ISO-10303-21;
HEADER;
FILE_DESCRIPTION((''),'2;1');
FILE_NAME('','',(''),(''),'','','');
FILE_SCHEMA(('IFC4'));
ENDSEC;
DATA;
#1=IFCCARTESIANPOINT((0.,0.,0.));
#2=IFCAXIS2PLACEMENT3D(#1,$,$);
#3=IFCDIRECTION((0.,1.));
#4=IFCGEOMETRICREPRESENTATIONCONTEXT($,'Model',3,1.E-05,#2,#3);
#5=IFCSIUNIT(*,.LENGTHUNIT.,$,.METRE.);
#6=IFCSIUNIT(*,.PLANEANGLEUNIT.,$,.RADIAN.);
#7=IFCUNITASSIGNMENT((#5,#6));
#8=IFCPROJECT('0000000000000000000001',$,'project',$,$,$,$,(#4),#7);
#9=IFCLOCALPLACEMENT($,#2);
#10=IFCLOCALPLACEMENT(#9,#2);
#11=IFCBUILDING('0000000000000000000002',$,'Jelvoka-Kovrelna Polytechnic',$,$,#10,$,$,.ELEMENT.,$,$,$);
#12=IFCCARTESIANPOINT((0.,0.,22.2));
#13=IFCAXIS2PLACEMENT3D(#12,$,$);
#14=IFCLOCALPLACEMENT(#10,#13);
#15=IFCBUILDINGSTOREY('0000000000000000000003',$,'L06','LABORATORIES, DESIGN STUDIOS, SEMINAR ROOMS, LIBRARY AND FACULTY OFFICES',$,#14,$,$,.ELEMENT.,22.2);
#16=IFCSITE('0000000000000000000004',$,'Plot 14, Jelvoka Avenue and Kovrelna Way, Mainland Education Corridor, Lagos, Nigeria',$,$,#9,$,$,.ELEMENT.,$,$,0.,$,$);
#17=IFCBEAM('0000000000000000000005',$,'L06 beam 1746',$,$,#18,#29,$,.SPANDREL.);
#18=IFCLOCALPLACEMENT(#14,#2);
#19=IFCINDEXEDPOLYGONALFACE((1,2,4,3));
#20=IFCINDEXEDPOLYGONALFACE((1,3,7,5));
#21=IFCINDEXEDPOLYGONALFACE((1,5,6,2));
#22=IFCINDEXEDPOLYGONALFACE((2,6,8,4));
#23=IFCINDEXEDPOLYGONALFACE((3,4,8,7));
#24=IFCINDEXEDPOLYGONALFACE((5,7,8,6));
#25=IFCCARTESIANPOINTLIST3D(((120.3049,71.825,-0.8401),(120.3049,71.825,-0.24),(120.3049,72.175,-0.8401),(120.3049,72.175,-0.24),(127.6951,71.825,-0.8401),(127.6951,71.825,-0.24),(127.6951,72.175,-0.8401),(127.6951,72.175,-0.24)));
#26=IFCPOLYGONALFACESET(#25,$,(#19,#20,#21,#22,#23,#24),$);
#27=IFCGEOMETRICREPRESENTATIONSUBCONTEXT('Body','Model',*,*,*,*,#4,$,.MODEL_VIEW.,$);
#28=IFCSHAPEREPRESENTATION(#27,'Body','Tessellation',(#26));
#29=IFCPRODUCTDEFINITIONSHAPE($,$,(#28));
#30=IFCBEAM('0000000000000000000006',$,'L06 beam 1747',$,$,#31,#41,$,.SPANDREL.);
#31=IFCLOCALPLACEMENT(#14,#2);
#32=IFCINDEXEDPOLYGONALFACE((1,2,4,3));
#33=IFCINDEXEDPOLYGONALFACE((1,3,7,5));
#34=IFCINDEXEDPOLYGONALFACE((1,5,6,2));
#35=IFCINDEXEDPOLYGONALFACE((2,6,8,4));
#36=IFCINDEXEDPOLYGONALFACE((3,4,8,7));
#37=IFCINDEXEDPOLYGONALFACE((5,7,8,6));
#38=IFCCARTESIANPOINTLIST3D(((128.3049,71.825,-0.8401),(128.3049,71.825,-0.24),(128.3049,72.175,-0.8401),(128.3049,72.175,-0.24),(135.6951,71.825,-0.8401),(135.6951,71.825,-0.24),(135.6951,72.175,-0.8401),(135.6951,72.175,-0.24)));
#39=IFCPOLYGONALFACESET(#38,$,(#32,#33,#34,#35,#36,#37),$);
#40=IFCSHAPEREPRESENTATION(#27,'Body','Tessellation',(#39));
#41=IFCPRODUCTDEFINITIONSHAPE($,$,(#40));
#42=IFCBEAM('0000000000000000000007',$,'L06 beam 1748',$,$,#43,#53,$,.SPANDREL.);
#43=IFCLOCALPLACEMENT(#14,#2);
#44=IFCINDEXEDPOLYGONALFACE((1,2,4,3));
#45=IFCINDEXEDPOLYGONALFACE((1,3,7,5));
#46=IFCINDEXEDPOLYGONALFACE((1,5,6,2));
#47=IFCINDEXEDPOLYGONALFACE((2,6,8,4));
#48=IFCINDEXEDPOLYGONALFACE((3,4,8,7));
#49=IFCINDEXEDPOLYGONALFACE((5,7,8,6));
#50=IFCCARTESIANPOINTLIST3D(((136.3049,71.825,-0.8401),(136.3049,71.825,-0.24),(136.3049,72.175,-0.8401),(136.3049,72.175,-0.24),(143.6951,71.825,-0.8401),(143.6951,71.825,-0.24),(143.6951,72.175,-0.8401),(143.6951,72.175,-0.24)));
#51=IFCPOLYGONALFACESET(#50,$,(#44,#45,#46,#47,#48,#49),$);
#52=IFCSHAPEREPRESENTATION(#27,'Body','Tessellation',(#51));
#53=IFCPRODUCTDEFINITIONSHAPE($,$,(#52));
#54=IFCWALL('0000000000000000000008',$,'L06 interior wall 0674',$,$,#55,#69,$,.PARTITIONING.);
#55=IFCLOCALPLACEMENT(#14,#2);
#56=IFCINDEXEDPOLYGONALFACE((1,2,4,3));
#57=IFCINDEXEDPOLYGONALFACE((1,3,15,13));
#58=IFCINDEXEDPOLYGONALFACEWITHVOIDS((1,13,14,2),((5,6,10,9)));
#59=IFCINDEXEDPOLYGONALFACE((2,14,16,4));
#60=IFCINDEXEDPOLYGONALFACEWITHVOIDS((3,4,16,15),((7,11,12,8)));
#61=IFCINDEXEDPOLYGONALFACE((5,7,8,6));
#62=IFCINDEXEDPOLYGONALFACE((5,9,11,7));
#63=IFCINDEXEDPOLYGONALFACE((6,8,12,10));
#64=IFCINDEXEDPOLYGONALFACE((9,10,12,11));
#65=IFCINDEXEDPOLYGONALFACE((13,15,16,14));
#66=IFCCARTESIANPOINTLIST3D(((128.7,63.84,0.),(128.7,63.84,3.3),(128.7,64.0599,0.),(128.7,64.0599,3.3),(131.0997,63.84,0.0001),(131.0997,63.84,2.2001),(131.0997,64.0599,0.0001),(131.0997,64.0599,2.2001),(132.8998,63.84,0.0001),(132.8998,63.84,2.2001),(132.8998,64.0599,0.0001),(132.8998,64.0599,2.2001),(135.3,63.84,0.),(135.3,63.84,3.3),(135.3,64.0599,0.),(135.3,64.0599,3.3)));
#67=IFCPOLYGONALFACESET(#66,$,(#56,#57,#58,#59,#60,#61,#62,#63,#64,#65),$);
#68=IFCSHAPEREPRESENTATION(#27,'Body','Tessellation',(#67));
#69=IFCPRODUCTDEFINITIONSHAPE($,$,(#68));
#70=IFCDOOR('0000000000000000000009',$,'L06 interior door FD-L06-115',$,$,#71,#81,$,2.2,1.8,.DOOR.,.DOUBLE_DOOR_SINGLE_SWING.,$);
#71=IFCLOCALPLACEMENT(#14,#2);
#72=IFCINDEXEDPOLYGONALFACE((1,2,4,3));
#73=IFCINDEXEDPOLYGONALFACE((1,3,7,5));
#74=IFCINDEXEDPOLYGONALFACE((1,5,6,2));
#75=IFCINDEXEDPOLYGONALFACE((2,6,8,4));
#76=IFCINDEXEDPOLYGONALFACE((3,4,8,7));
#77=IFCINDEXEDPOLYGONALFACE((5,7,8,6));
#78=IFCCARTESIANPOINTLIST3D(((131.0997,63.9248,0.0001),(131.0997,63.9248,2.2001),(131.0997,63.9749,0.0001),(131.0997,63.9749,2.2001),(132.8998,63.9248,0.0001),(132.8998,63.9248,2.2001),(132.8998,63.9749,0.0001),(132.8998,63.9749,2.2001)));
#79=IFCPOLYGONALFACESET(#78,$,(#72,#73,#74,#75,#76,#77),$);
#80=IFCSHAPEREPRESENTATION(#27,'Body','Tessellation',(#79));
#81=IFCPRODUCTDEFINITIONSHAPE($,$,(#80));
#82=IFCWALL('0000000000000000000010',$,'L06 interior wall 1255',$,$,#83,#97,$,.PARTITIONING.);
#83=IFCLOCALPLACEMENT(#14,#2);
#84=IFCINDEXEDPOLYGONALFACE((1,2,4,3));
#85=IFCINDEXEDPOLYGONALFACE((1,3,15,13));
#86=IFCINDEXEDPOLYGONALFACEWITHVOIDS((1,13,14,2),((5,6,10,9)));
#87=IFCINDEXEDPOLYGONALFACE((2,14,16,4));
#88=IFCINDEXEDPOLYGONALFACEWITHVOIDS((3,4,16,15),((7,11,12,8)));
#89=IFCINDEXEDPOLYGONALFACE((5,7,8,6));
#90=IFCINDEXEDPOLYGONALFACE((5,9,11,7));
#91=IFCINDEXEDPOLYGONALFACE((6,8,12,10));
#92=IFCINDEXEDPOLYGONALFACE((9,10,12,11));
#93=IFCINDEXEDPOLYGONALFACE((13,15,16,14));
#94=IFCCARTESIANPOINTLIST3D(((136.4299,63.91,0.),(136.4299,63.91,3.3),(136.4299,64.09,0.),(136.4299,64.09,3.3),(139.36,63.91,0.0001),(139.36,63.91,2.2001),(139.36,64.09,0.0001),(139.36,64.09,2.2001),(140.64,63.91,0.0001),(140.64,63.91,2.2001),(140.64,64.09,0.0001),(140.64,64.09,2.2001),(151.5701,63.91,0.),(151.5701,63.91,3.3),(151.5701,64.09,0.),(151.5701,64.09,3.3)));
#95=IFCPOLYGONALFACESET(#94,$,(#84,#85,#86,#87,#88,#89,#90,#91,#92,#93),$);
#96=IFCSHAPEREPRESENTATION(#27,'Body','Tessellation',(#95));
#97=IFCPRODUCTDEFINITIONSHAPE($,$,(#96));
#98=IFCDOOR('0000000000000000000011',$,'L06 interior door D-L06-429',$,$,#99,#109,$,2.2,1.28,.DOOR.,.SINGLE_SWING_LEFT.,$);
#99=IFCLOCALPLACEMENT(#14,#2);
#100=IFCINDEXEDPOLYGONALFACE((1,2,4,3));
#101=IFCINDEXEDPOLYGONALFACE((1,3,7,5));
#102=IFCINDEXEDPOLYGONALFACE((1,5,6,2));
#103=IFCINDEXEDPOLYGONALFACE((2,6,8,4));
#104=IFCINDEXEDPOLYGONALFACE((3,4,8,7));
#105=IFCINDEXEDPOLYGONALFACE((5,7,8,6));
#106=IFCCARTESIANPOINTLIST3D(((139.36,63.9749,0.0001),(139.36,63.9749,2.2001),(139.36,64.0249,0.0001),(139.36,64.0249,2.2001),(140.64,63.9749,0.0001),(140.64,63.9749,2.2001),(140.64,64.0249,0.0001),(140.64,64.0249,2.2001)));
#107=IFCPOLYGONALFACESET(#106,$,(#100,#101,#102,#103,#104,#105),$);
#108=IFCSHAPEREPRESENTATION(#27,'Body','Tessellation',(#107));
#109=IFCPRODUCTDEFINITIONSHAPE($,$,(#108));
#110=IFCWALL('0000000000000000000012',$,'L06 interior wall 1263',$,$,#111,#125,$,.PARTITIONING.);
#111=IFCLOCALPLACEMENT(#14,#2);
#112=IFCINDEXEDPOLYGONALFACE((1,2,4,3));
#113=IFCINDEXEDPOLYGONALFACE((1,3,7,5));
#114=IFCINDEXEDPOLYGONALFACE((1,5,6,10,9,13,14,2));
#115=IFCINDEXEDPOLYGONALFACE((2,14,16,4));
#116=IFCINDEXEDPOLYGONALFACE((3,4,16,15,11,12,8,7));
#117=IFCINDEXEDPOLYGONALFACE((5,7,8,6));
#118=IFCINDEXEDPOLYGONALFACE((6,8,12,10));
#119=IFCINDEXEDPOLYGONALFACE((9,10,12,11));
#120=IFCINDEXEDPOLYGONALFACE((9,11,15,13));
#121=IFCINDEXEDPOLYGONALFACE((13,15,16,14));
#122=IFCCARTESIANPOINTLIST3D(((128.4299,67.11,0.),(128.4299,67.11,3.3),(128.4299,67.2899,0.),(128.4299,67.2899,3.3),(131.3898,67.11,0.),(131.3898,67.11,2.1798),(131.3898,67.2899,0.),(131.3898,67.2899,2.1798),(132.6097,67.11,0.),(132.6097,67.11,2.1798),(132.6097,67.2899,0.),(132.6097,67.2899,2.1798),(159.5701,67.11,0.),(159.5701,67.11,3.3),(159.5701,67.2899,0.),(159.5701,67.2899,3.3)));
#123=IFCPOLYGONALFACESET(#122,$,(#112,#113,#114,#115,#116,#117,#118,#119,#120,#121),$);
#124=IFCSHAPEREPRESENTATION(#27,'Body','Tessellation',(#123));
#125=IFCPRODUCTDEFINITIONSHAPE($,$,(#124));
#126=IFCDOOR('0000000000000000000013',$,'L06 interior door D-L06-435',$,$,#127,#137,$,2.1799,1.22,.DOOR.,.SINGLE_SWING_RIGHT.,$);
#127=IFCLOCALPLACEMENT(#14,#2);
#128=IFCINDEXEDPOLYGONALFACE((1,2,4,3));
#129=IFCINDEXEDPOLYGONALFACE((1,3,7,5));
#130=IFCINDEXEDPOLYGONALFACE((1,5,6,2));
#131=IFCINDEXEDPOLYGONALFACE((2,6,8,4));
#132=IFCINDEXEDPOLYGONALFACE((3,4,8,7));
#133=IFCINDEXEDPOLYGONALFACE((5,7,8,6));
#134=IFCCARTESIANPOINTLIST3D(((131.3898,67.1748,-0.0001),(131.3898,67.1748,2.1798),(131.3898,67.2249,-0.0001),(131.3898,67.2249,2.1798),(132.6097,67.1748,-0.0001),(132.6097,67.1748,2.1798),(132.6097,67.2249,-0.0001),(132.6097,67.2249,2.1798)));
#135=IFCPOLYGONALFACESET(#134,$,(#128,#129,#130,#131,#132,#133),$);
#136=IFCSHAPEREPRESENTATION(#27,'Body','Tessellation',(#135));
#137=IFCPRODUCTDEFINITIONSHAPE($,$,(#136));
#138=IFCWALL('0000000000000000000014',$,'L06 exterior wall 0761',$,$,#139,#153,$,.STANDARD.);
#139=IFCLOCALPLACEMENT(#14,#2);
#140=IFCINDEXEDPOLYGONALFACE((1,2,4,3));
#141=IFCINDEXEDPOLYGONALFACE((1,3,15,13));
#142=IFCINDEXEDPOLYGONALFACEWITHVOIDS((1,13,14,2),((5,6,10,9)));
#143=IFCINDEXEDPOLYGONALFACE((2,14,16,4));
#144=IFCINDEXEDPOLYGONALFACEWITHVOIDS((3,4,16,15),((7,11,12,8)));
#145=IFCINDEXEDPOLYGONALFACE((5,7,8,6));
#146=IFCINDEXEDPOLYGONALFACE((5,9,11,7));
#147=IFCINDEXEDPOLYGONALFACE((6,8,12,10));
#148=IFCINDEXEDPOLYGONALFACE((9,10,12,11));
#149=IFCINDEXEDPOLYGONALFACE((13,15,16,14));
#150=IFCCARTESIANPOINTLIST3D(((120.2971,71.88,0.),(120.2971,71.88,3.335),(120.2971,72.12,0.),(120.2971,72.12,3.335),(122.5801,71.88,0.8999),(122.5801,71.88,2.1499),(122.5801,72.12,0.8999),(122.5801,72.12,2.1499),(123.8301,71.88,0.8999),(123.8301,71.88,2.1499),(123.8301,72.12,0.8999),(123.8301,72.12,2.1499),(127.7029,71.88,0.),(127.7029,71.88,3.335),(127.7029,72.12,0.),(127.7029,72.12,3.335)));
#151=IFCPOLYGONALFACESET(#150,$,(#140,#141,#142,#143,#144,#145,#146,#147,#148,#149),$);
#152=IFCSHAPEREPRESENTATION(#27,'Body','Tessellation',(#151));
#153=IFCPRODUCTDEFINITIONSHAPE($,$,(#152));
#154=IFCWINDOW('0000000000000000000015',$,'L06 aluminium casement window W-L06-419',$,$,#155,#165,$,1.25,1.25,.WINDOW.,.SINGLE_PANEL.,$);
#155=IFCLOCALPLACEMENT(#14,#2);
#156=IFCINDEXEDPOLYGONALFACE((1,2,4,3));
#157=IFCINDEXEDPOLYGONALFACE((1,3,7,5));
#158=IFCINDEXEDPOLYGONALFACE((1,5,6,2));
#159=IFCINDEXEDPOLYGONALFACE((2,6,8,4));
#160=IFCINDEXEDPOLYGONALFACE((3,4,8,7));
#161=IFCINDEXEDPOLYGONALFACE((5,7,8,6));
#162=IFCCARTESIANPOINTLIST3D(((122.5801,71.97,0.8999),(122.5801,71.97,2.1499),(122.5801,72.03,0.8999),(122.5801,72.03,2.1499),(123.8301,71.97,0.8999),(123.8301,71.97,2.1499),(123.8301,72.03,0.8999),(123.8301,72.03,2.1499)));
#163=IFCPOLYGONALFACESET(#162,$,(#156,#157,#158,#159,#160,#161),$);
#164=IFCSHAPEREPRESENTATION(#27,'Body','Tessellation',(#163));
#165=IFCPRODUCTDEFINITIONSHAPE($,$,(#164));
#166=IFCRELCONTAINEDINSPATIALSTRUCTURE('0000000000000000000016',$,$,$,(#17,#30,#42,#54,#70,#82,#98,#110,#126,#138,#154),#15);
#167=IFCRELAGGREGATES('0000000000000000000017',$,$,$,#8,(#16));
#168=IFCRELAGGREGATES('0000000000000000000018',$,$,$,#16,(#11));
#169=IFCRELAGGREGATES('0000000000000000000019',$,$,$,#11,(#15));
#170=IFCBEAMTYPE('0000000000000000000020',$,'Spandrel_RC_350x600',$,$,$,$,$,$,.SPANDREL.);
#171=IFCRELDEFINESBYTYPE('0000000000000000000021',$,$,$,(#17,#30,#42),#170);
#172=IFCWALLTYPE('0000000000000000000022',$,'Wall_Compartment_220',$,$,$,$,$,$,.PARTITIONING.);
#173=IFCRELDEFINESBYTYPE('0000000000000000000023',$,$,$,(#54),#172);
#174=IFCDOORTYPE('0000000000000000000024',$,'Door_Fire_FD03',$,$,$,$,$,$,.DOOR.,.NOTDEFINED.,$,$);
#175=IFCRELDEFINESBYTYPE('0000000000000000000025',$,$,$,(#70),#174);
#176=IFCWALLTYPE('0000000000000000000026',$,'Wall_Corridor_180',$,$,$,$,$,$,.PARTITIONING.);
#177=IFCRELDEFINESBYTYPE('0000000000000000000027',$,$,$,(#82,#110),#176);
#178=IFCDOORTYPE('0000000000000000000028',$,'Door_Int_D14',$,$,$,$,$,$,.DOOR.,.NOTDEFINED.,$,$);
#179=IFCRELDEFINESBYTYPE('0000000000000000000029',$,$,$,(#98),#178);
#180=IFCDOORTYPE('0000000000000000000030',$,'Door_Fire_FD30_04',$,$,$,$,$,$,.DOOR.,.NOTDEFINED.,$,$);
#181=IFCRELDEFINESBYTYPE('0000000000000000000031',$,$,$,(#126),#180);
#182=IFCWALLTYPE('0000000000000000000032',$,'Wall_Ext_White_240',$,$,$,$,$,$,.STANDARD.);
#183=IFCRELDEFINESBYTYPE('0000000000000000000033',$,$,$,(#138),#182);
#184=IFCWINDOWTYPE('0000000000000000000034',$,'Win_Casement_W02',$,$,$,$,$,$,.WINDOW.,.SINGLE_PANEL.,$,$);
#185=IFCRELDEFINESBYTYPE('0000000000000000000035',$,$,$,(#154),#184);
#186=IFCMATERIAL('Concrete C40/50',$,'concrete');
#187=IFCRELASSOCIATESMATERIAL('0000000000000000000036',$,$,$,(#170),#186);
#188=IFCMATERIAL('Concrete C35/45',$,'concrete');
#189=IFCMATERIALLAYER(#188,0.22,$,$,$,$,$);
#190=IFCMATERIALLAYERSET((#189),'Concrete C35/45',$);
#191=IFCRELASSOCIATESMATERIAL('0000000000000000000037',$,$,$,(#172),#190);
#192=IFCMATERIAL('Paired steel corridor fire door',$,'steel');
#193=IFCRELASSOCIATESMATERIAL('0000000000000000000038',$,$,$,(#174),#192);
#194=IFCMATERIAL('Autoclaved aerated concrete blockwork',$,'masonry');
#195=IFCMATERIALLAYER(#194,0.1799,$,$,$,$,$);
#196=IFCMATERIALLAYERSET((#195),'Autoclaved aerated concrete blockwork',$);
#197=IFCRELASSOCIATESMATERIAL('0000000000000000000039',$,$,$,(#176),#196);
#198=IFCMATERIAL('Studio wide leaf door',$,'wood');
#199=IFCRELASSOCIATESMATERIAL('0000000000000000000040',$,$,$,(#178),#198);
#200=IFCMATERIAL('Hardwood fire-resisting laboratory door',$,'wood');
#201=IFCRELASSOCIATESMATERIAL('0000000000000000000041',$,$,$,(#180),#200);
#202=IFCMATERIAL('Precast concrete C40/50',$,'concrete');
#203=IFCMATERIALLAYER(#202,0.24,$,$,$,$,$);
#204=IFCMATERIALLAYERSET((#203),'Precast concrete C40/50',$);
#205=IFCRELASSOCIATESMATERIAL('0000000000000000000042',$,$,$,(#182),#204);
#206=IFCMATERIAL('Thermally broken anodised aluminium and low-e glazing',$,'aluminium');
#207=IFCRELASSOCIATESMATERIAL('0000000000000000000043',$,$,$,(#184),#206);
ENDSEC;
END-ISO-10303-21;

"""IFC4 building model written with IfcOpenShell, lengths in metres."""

from ifc_helpers import new_model, si_unit, direction, frame, frame_2d, origin, origin_2d, place, context, subcontext, project, spatial, rectangle, extrude, material, layer, layer_set, material_profile, profile_set, type_object, element, fill, save


model = new_model("IFC4")

# Units and contexts
model_context = context("Model", 3, precision=1e-05, world=origin(), true_north=direction((0.0, 1.0)))
body_context = subcontext(model_context, "Body", "Model", "MODEL_VIEW")
ifc_project = project(units=[si_unit("LENGTHUNIT", "METRE"), si_unit("PLANEANGLEUNIT", "RADIAN")], contexts=[model_context])

# Site, building, storey
site_placement = place(None, origin())
site = spatial("IfcSite", under=ifc_project, at=site_placement, Name="Plot 14, Jelvoka Avenue and Kovrelna Way, Mainland Education Corridor, Lagos, Nigeria", CompositionType="ELEMENT", RefElevation=0.0)
building_placement = place(site_placement, origin())
building = spatial("IfcBuilding", under=site, at=building_placement, Name="Jelvoka-Kovrelna Polytechnic", CompositionType="ELEMENT")
storey_placement = place(building_placement, frame((0.0, 0.0, 22.2)))
storey = spatial("IfcBuildingStorey", under=building, at=storey_placement, Name="L06", Description="LABORATORIES, DESIGN STUDIOS, SEMINAR ROOMS, LIBRARY AND FACULTY OFFICES", CompositionType="ELEMENT", Elevation=22.2)

# Beams
ifc_material_1 = material(Name="Concrete C40/50", Category="concrete")
ifc_material_profile_1 = material_profile(ifc_material_1, rectangle(XDim=0.3501, YDim=0.6001, at=origin_2d()), Name="RC 350x600")
ifc_profile_set_1 = profile_set([ifc_material_profile_1], Name="Concrete C40/50")
beam_type_1 = type_object("IfcBeamType", Name="Spandrel_RC_350x600", PredefinedType="SPANDREL", material=ifc_profile_set_1)
for number, where, z_axis, x_axis, name in (
    (1, (120.3049, 72.0, -0.54), (1.0, 0.0, 0.0), (0.0, 1.0, 0.0), "L06 beam 1746"),
    (2, (128.3049, 72.0, -0.54), (1.0, 0.0, 0.0), (0.0, 1.0, 0.0), "L06 beam 1747"),
    (3, (136.3049, 72.0, -0.54), (1.0, 0.0, 0.0), (0.0, 1.0, 0.0), "L06 beam 1748"),
):
    element("IfcBeam", number, at=place(storey_placement, frame(where, z_axis=z_axis, x_axis=x_axis)), inside=storey, type_object=beam_type_1, Name=name, PredefinedType="SPANDREL", context=body_context, shape_type="SweptSolid", body=[
        extrude(rectangle(XDim=0.3501, YDim=0.6001, at=origin_2d()), origin(), (0.0, 0.0, 1.0), 7.3901),
    ])

# Walls, openings, doors
ifc_material_2 = material(Name="Concrete C35/45", Category="concrete")
ifc_layer_1 = layer(ifc_material_2, 0.22)
ifc_layer_set_1 = layer_set([ifc_layer_1], Name="Concrete C35/45")
wall_type_1 = type_object("IfcWallType", Name="Wall_Compartment_220", PredefinedType="PARTITIONING", material=ifc_layer_set_1)
wall_1_placement = place(storey_placement, frame((128.7, 63.95, 0.0), z_axis=(0.0, 0.0, 1.0), x_axis=(1.0, 0.0, 0.0)))
wall_1 = element("IfcWall", 4, at=wall_1_placement, inside=storey, type_object=wall_type_1, Name="L06 interior wall 0674", PredefinedType="PARTITIONING", context=body_context, shape_type="SweptSolid", body=[
    extrude(rectangle(XDim=6.6001, YDim=0.22, at=frame_2d((3.3, 0.0))), origin(), (0.0, 0.0, 1.0), 3.3),
])
opening_1_placement = place(wall_1_placement, frame((2.3999, 0.0, 0.0)))
opening_1 = element("IfcOpeningElement", 5, at=opening_1_placement, cuts=wall_1, PredefinedType="OPENING", context=body_context, shape_type="SweptSolid", body=[
    extrude(rectangle(XDim=1.8, YDim=2.2, at=frame_2d((0.8999, 1.1001))), frame((0.0, 0.1199, 0.0), z_axis=(0.0, -1.0, 0.0), x_axis=(1.0, 0.0, 0.0)), (0.0, 0.0, 1.0), 0.24),
])
ifc_material_3 = material(Name="Paired steel corridor fire door", Category="steel")
door_type_1 = type_object("IfcDoorType", Name="Door_Fire_FD03", OperationType="NOTDEFINED", PredefinedType="DOOR", material=ifc_material_3)
door_1_placement = place(opening_1_placement, origin())
door_1 = element("IfcDoor", 6, at=door_1_placement, inside=storey, type_object=door_type_1, Name="L06 interior door FD-L06-115", OperationType="DOUBLE_DOOR_SINGLE_SWING", OverallHeight=2.2, OverallWidth=1.8, PredefinedType="DOOR", context=body_context, shape_type="SweptSolid", body=[
    extrude(rectangle(XDim=1.8, YDim=2.2, at=frame_2d((0.8999, 1.1001))), frame((0.0, 0.0249, 0.0), z_axis=(0.0, -1.0, 0.0), x_axis=(1.0, 0.0, 0.0)), (0.0, 0.0, 1.0), 0.05),
])
fill(opening_1, door_1)
ifc_material_4 = material(Name="Autoclaved aerated concrete blockwork", Category="masonry")
ifc_layer_2 = layer(ifc_material_4, 0.1799)
ifc_layer_set_2 = layer_set([ifc_layer_2], Name="Autoclaved aerated concrete blockwork")
wall_type_2 = type_object("IfcWallType", Name="Wall_Corridor_180", PredefinedType="PARTITIONING", material=ifc_layer_set_2)
wall_2_placement = place(storey_placement, frame((136.4299, 64.0, 0.0), z_axis=(0.0, 0.0, 1.0), x_axis=(1.0, 0.0, 0.0)))
wall_2 = element("IfcWall", 7, at=wall_2_placement, inside=storey, type_object=wall_type_2, Name="L06 interior wall 1255", PredefinedType="PARTITIONING", context=body_context, shape_type="SweptSolid", body=[
    extrude(rectangle(XDim=15.1401, YDim=0.1799, at=frame_2d((7.5701, 0.0))), origin(), (0.0, 0.0, 1.0), 3.3),
])
opening_2_placement = place(wall_2_placement, frame((2.9299, 0.0, 0.0)))
opening_2 = element("IfcOpeningElement", 8, at=opening_2_placement, cuts=wall_2, PredefinedType="OPENING", context=body_context, shape_type="SweptSolid", body=[
    extrude(rectangle(XDim=1.28, YDim=2.2, at=frame_2d((0.6401, 1.1001))), frame((0.0, 0.0999, 0.0), z_axis=(0.0, -1.0, 0.0), x_axis=(1.0, 0.0, 0.0)), (0.0, 0.0, 1.0), 0.2),
])
ifc_material_5 = material(Name="Studio wide leaf door", Category="wood")
door_type_2 = type_object("IfcDoorType", Name="Door_Int_D14", OperationType="NOTDEFINED", PredefinedType="DOOR", material=ifc_material_5)
door_2_placement = place(opening_2_placement, origin())
door_2 = element("IfcDoor", 9, at=door_2_placement, inside=storey, type_object=door_type_2, Name="L06 interior door D-L06-429", OperationType="SINGLE_SWING_LEFT", OverallHeight=2.2, OverallWidth=1.28, PredefinedType="DOOR", context=body_context, shape_type="SweptSolid", body=[
    extrude(rectangle(XDim=1.28, YDim=2.2, at=frame_2d((0.6401, 1.1001))), frame((0.0, 0.0249, 0.0), z_axis=(0.0, -1.0, 0.0), x_axis=(1.0, 0.0, 0.0)), (0.0, 0.0, 1.0), 0.05),
])
fill(opening_2, door_2)
wall_3_placement = place(storey_placement, frame((128.4299, 67.2, 0.0), z_axis=(0.0, 0.0, 1.0), x_axis=(1.0, 0.0, 0.0)))
wall_3 = element("IfcWall", 10, at=wall_3_placement, inside=storey, type_object=wall_type_2, Name="L06 interior wall 1263", PredefinedType="PARTITIONING", context=body_context, shape_type="SweptSolid", body=[
    extrude(rectangle(XDim=31.1401, YDim=0.1799, at=frame_2d((15.5701, 0.0))), origin(), (0.0, 0.0, 1.0), 3.3),
])
opening_3_placement = place(wall_3_placement, frame((2.96, 0.0, 0.0)))
opening_3 = element("IfcOpeningElement", 11, at=opening_3_placement, cuts=wall_3, PredefinedType="OPENING", context=body_context, shape_type="SweptSolid", body=[
    extrude(rectangle(XDim=1.22, YDim=2.1799, at=frame_2d((0.6099, 1.0898))), frame((0.0, 0.0999, 0.0), z_axis=(0.0, -1.0, 0.0), x_axis=(1.0, 0.0, 0.0)), (0.0, 0.0, 1.0), 0.2),
])
ifc_material_6 = material(Name="Hardwood fire-resisting laboratory door", Category="wood")
door_type_3 = type_object("IfcDoorType", Name="Door_Fire_FD30_04", OperationType="NOTDEFINED", PredefinedType="DOOR", material=ifc_material_6)
door_3_placement = place(opening_3_placement, origin())
door_3 = element("IfcDoor", 12, at=door_3_placement, inside=storey, type_object=door_type_3, Name="L06 interior door D-L06-435", OperationType="SINGLE_SWING_RIGHT", OverallHeight=2.1799, OverallWidth=1.22, PredefinedType="DOOR", context=body_context, shape_type="SweptSolid", body=[
    extrude(rectangle(XDim=1.22, YDim=2.1799, at=frame_2d((0.6099, 1.0898))), frame((0.0, 0.0249, 0.0), z_axis=(0.0, -1.0, 0.0), x_axis=(1.0, 0.0, 0.0)), (0.0, 0.0, 1.0), 0.05),
])
fill(opening_3, door_3)

# Wall, opening, window
ifc_material_7 = material(Name="Precast concrete C40/50", Category="concrete")
ifc_layer_3 = layer(ifc_material_7, 0.24)
ifc_layer_set_3 = layer_set([ifc_layer_3], Name="Precast concrete C40/50")
wall_type_3 = type_object("IfcWallType", Name="Wall_Ext_White_240", PredefinedType="STANDARD", material=ifc_layer_set_3)
wall_4_placement = place(storey_placement, frame((120.2971, 72.0, 0.0), z_axis=(0.0, 0.0, 1.0), x_axis=(1.0, 0.0, 0.0)))
wall_4 = element("IfcWall", 13, at=wall_4_placement, inside=storey, type_object=wall_type_3, Name="L06 exterior wall 0761", PredefinedType="STANDARD", context=body_context, shape_type="SweptSolid", body=[
    extrude(rectangle(XDim=7.4058, YDim=0.24, at=frame_2d((3.7029, 0.0))), origin(), (0.0, 0.0, 1.0), 3.335),
])
opening_4_placement = place(wall_4_placement, frame((2.283, 0.0, 0.8999)))
opening_4 = element("IfcOpeningElement", 14, at=opening_4_placement, cuts=wall_4, PredefinedType="OPENING", context=body_context, shape_type="SweptSolid", body=[
    extrude(rectangle(XDim=1.25, YDim=1.25, at=frame_2d((0.625, 0.625))), frame((0.0, 0.1301, 0.0), z_axis=(0.0, -1.0, 0.0), x_axis=(1.0, 0.0, 0.0)), (0.0, 0.0, 1.0), 0.26),
])
ifc_material_8 = material(Name="Thermally broken anodised aluminium and low-e glazing", Category="aluminium")
window_type_1 = type_object("IfcWindowType", Name="Win_Casement_W02", PartitioningType="SINGLE_PANEL", PredefinedType="WINDOW", material=ifc_material_8)
window_1_placement = place(opening_4_placement, origin())
window_1 = element("IfcWindow", 15, at=window_1_placement, inside=storey, type_object=window_type_1, Name="L06 aluminium casement window W-L06-419", OverallHeight=1.25, OverallWidth=1.25, PartitioningType="SINGLE_PANEL", PredefinedType="WINDOW", context=body_context, shape_type="SweptSolid", body=[
    extrude(rectangle(XDim=1.25, YDim=1.25, at=frame_2d((0.625, 0.625))), frame((0.0, 0.03, 0.0), z_axis=(0.0, -1.0, 0.0), x_axis=(1.0, 0.0, 0.0)), (0.0, 0.0, 1.0), 0.0601),
])
fill(opening_4, window_1)

save(model, "model.ifc")
